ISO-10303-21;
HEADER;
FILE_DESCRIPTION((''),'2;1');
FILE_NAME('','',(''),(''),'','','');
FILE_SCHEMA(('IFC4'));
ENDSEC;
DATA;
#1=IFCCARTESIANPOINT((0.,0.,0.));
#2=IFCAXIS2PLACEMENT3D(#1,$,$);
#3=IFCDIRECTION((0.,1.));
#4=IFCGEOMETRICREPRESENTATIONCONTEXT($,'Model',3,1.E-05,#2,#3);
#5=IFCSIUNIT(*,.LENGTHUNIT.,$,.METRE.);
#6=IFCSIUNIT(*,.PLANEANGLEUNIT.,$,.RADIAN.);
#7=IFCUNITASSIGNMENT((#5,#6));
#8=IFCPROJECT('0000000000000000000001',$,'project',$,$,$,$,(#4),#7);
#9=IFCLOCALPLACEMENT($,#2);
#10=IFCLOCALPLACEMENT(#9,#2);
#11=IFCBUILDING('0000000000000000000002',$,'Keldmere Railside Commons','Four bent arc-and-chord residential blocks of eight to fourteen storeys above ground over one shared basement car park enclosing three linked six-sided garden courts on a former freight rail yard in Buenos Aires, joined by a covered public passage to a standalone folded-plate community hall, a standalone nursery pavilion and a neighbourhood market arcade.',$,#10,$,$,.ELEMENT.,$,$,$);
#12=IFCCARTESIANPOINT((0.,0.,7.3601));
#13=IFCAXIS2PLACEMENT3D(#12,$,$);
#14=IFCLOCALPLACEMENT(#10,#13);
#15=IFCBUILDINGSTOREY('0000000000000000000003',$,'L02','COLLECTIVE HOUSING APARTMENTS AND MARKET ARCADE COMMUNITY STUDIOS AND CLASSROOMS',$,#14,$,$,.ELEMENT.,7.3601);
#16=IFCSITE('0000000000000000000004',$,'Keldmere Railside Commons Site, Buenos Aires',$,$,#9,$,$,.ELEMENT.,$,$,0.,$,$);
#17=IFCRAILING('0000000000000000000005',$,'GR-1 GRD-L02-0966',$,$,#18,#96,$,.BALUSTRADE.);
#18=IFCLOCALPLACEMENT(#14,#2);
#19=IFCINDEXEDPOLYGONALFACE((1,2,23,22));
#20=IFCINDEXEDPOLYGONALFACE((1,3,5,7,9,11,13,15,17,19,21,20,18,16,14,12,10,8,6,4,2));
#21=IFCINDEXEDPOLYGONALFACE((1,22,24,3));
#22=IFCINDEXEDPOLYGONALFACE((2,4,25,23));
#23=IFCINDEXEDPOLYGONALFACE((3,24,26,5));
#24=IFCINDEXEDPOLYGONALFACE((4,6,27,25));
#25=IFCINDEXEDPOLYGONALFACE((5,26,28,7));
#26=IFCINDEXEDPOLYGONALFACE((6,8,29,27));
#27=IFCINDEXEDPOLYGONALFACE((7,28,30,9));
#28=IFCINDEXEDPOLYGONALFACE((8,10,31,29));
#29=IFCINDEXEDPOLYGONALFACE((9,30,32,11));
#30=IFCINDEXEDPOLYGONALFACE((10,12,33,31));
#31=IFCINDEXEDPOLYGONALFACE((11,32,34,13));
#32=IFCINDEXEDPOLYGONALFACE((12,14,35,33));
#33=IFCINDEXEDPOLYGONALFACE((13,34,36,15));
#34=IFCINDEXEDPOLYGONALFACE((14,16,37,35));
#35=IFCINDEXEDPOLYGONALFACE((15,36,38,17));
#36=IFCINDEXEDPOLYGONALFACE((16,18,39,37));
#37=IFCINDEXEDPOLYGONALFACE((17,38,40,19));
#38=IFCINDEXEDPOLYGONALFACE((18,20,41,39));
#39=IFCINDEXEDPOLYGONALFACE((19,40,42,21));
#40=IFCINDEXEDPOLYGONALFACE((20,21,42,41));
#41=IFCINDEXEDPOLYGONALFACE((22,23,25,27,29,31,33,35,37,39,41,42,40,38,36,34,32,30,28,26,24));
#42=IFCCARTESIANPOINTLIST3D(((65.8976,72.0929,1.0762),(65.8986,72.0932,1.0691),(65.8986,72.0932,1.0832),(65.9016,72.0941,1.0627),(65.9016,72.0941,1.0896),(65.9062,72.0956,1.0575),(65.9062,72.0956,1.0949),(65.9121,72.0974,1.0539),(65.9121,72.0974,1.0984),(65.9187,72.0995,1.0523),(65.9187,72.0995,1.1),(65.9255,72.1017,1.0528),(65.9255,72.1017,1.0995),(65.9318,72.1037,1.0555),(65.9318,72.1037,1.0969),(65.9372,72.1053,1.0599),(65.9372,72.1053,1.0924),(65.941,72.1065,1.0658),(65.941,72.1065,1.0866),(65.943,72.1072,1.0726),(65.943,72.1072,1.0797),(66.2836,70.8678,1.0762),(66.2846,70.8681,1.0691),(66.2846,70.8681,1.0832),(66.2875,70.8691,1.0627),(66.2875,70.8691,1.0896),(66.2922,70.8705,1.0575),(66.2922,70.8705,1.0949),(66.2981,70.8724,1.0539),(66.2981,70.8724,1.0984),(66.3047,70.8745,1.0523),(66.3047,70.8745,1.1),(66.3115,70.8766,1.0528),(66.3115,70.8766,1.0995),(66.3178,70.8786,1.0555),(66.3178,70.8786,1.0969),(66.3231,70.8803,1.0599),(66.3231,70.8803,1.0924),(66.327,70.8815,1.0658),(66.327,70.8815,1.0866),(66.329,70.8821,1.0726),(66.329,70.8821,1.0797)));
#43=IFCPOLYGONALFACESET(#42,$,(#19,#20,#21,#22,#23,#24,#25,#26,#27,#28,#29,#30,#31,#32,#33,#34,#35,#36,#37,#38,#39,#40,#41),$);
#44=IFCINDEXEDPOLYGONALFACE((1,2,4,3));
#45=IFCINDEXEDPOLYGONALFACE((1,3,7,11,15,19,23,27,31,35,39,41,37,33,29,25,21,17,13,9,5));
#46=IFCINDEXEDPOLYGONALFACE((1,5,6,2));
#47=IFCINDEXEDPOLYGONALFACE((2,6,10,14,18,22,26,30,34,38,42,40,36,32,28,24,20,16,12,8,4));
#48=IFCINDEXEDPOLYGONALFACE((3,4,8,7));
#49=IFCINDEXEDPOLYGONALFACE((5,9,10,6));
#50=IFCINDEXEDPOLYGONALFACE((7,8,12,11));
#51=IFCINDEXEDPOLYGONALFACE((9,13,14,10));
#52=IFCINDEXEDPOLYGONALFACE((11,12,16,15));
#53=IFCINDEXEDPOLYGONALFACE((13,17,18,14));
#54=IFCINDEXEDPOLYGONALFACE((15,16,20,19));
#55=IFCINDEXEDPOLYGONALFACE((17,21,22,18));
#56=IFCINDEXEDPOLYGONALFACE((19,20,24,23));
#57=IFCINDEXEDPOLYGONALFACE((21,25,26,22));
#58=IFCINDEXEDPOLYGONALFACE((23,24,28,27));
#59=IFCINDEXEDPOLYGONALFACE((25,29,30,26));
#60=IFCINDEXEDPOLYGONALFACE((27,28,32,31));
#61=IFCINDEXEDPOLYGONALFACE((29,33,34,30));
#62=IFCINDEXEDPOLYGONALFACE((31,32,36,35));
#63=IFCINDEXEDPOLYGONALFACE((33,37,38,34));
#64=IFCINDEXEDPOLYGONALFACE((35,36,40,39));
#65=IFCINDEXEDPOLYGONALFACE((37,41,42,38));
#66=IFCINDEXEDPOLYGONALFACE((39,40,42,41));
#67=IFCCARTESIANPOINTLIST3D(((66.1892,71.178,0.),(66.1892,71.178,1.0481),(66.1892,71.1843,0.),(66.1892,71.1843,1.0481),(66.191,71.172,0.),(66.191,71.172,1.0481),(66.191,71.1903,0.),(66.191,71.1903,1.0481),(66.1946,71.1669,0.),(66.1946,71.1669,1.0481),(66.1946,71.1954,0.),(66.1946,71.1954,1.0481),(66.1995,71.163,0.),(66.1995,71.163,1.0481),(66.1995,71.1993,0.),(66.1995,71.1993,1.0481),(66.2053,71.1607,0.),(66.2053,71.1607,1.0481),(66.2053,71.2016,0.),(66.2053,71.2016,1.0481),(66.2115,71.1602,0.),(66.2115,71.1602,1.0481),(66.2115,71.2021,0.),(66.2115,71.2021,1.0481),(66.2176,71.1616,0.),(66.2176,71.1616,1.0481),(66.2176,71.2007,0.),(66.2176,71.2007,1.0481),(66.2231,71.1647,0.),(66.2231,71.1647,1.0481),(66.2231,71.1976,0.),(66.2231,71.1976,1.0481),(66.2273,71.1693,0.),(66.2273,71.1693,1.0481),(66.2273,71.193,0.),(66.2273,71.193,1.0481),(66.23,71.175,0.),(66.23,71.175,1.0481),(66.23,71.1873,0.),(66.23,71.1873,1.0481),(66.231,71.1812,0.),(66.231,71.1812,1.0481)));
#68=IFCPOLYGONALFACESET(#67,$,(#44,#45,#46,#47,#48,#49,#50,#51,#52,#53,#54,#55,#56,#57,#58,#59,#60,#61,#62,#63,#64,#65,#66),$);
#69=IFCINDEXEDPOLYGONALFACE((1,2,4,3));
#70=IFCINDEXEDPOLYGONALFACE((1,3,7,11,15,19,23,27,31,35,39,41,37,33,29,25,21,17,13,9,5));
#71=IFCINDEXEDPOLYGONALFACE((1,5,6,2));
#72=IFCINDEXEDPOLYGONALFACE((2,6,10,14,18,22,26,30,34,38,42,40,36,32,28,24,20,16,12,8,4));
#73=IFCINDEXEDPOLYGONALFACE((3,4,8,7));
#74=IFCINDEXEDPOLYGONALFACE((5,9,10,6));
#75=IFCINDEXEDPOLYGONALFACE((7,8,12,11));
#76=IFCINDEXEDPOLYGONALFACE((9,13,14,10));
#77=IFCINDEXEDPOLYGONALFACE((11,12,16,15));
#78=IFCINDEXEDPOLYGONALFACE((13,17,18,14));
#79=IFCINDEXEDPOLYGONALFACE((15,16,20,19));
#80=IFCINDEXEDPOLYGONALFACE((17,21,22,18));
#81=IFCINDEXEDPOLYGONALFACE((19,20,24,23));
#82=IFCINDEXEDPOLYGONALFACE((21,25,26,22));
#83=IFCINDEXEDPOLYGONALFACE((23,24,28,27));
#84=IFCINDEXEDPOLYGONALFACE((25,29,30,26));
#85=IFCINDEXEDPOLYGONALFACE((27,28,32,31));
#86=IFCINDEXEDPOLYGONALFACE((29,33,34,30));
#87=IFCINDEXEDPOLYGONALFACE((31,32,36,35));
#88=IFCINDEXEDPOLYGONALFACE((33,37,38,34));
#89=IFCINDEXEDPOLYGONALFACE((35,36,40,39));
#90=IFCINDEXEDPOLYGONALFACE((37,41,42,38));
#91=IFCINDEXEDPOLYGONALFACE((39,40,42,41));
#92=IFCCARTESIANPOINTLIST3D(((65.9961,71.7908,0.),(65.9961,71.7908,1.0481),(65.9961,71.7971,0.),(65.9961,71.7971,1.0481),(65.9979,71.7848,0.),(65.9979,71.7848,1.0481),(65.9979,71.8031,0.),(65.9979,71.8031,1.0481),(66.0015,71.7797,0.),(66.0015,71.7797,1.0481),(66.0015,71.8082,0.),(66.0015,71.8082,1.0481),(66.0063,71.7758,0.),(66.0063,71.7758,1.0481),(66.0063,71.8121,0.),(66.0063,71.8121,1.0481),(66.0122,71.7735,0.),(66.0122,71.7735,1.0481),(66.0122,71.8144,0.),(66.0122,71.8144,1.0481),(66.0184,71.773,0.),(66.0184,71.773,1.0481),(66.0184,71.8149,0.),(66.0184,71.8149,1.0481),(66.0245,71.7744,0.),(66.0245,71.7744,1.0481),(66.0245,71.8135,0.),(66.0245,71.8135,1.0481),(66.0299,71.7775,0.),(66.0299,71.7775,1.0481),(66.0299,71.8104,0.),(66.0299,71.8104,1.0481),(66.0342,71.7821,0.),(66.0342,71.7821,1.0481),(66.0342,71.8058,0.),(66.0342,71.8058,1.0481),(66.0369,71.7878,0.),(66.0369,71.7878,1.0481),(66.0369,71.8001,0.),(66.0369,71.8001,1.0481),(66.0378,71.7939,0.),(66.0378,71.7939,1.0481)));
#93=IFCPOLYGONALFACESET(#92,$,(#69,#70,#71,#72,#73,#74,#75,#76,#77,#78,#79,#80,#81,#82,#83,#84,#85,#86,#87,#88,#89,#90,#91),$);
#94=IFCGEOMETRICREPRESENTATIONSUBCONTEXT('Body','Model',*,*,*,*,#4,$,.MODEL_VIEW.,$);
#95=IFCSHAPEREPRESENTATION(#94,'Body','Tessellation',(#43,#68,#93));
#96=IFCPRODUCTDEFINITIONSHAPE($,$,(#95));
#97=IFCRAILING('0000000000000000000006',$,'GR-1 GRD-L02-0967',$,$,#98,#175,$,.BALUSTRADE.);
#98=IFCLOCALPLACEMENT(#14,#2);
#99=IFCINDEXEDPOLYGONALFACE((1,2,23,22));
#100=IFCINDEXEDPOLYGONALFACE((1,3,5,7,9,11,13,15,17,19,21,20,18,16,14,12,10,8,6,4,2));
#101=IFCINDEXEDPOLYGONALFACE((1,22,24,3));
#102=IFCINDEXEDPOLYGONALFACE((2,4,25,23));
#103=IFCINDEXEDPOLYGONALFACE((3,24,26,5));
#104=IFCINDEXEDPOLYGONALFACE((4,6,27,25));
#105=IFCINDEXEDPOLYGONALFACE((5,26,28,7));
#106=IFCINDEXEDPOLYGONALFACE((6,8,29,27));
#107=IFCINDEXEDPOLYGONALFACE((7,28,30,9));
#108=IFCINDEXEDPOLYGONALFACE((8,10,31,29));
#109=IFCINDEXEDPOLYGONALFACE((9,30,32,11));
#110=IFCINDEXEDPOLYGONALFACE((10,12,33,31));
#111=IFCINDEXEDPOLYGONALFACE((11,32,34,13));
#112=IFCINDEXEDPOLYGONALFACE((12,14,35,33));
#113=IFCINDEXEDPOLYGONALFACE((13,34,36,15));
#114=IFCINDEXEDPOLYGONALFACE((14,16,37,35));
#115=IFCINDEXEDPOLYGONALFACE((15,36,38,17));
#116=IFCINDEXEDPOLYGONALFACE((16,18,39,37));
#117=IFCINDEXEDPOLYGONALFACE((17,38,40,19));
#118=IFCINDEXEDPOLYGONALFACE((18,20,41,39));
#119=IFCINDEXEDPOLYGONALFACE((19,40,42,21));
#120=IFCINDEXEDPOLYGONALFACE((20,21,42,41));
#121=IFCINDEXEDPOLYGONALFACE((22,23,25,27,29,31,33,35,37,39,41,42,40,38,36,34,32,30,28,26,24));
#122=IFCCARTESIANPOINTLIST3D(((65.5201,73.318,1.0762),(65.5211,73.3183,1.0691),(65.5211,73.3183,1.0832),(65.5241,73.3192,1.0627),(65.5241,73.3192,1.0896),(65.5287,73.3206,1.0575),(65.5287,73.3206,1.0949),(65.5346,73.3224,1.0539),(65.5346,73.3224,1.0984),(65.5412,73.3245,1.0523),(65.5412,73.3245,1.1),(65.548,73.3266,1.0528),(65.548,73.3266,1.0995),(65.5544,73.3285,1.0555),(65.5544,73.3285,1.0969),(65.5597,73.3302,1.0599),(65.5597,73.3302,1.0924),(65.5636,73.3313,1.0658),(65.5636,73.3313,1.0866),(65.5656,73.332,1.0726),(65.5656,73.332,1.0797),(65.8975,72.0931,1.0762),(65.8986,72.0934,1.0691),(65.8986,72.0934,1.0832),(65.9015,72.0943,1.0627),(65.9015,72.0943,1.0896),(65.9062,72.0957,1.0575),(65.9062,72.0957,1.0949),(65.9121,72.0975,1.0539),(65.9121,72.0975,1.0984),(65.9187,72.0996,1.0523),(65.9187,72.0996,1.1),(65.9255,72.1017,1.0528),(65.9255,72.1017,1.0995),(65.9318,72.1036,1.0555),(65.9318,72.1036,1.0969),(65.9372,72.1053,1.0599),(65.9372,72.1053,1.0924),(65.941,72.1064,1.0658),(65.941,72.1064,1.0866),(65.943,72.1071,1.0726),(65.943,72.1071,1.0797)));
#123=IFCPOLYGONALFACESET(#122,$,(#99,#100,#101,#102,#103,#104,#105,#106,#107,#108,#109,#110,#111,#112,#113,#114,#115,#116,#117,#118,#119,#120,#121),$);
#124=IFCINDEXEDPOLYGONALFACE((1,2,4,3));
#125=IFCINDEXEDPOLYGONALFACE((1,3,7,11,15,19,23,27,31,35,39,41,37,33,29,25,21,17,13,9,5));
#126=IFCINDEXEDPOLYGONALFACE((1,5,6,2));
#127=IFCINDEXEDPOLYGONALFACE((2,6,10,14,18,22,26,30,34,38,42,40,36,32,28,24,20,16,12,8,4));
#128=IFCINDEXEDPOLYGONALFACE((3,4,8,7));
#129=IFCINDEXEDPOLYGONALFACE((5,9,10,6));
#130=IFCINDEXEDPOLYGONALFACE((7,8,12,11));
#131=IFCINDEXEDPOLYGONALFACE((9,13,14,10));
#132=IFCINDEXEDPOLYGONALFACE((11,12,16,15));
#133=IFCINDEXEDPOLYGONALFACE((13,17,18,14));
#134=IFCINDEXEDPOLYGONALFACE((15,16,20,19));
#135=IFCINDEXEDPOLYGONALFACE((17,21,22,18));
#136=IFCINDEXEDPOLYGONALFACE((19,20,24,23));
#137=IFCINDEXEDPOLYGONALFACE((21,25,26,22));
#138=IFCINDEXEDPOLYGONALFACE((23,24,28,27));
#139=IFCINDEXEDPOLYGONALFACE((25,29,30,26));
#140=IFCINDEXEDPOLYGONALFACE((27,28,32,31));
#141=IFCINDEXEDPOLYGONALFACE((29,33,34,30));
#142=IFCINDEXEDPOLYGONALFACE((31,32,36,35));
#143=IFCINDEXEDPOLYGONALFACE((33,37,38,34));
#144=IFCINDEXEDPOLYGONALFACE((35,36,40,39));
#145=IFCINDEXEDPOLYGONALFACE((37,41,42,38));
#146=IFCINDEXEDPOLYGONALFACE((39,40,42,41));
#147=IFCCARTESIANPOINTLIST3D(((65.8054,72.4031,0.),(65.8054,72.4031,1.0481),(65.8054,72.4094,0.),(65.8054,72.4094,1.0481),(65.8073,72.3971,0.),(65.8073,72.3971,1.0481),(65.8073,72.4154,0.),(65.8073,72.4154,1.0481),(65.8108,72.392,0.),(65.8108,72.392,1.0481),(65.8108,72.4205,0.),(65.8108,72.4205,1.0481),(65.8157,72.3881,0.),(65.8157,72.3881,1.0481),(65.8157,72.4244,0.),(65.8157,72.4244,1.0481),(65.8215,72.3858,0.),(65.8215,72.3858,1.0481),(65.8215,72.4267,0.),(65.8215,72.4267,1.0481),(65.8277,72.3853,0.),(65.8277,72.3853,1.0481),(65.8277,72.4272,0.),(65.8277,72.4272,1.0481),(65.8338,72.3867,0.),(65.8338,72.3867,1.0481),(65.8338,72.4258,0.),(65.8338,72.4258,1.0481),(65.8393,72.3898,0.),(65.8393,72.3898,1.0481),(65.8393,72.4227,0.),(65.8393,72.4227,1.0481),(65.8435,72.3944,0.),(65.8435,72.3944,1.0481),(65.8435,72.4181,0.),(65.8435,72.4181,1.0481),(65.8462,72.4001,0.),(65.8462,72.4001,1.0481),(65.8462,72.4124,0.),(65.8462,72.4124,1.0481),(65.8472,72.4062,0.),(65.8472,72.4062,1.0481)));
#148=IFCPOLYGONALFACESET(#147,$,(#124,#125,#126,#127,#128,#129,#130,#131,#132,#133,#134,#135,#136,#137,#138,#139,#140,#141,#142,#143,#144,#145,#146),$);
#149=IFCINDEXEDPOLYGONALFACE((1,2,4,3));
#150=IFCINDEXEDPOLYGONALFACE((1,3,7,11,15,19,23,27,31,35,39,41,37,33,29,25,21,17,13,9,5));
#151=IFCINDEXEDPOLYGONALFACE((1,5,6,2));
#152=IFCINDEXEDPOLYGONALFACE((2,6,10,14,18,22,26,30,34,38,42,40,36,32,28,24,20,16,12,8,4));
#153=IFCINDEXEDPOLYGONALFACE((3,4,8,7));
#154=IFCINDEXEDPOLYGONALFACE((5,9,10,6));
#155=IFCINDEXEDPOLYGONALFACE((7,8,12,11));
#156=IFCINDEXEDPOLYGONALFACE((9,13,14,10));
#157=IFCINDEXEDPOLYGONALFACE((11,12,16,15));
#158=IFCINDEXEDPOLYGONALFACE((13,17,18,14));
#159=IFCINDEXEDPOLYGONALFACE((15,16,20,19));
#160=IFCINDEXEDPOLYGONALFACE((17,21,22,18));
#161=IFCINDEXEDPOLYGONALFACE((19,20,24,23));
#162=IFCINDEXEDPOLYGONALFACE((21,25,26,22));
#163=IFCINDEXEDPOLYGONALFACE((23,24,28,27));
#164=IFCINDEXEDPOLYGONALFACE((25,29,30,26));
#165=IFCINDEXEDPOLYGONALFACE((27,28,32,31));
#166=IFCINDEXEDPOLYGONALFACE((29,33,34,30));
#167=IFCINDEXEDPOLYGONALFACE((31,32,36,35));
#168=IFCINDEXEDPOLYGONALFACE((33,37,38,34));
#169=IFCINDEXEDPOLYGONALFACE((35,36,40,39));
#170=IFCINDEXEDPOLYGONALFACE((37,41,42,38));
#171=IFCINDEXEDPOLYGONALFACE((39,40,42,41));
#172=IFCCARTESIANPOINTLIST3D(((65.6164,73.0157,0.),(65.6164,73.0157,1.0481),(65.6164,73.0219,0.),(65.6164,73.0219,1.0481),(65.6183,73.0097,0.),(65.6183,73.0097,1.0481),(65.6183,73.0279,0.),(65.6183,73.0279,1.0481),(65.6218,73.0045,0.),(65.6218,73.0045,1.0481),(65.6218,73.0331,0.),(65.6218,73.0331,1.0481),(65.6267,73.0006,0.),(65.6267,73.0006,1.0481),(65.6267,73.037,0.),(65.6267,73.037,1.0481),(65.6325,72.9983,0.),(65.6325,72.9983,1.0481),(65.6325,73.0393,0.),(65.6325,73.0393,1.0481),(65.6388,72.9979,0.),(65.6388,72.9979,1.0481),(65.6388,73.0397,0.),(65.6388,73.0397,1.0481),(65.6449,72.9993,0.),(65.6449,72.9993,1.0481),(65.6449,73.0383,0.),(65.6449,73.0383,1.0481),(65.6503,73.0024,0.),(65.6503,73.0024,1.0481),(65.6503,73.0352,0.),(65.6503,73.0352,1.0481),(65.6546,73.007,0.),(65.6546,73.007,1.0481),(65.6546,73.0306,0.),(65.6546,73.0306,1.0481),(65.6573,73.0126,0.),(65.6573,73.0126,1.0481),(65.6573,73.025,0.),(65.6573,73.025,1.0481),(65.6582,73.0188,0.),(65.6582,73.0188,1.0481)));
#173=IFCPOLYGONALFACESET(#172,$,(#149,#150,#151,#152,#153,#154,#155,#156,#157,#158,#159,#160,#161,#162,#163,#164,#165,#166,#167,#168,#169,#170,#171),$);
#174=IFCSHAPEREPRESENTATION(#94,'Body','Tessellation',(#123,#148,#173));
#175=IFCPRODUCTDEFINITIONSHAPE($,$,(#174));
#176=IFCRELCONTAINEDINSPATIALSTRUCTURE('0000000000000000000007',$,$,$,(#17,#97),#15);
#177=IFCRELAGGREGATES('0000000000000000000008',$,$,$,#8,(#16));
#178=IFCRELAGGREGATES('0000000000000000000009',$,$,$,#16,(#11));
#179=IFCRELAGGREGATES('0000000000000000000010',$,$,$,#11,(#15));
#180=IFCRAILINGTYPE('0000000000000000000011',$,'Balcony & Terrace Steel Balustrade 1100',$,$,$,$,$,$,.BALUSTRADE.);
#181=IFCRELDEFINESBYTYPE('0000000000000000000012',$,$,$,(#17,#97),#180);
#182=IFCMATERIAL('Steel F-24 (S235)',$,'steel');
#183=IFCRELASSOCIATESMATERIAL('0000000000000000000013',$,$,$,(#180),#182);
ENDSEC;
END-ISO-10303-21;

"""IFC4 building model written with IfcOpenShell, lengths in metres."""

from ifc_helpers import new_model, si_unit, direction, frame, origin, origin_2d, place, context, subcontext, project, spatial, circle, extrude, material, type_object, element, save


model = new_model("IFC4")

# Units and contexts
model_context = context("Model", 3, precision=1e-05, world=origin(), true_north=direction((0.0, 1.0)))
body_context = subcontext(model_context, "Body", "Model", "MODEL_VIEW")
ifc_project = project(units=[si_unit("LENGTHUNIT", "METRE"), si_unit("PLANEANGLEUNIT", "RADIAN")], contexts=[model_context])

# Site, building, storey
site_placement = place(None, origin())
site = spatial("IfcSite", under=ifc_project, at=site_placement, Name="Keldmere Railside Commons Site, Buenos Aires", CompositionType="ELEMENT", RefElevation=0.0)
building_placement = place(site_placement, origin())
building = spatial("IfcBuilding", under=site, at=building_placement, Name="Keldmere Railside Commons", Description="Four bent arc-and-chord residential blocks of eight to fourteen storeys above ground over one shared basement car park enclosing three linked six-sided garden courts on a former freight rail yard in Buenos Aires, joined by a covered public passage to a standalone folded-plate community hall, a standalone nursery pavilion and a neighbourhood market arcade.", CompositionType="ELEMENT")
storey_placement = place(building_placement, frame((0.0, 0.0, 7.3601)))
storey = spatial("IfcBuildingStorey", under=building, at=storey_placement, Name="L02", Description="COLLECTIVE HOUSING APARTMENTS AND MARKET ARCADE COMMUNITY STUDIOS AND CLASSROOMS", CompositionType="ELEMENT", Elevation=7.3601)

# Railings
ifc_material_1 = material(Name="Steel F-24 (S235)", Category="steel")
railing_type = type_object("IfcRailingType", Name="Balcony & Terrace Steel Balustrade 1100", PredefinedType="BALUSTRADE", material=ifc_material_1)
railing_1_placement = place(storey_placement, frame((66.3064, 70.875, 0.0)))
element("IfcRailing", 1, at=railing_1_placement, inside=storey, type_object=railing_type, Name="GR-1 GRD-L02-0966", PredefinedType="BALUSTRADE", context=body_context, shape_type="SweptSolid", body=[
    extrude(circle(Radius=0.0239, at=origin_2d()), frame((0.0, 0.0, 1.0762), z_axis=(-0.300504, 0.953781, 0.0), x_axis=(-0.953781, -0.300504, 0.0)), (0.0, 0.0, 1.0), 1.2844),
    extrude(circle(Radius=0.021, at=origin_2d()), frame((-0.0964, 0.3062, 0.0)), (0.0, 0.0, 1.0), 1.0481),
    extrude(circle(Radius=0.021, at=origin_2d()), frame((-0.2896, 0.9189, 0.0)), (0.0, 0.0, 1.0), 1.0481),
])
railing_2_placement = place(storey_placement, frame((65.9204, 72.1001, 0.0)))
element("IfcRailing", 2, at=railing_2_placement, inside=storey, type_object=railing_type, Name="GR-1 GRD-L02-0967", PredefinedType="BALUSTRADE", context=body_context, shape_type="SweptSolid", body=[
    extrude(circle(Radius=0.0239, at=origin_2d()), frame((0.0, 0.0, 1.0762), z_axis=(-0.294487, 0.955655, 0.0), x_axis=(-0.955655, -0.294487, 0.0)), (0.0, 0.0, 1.0), 1.2817),
    extrude(circle(Radius=0.021, at=origin_2d()), frame((-0.0942, 0.3062, 0.0)), (0.0, 0.0, 1.0), 1.0481),
    extrude(circle(Radius=0.021, at=origin_2d()), frame((-0.2832, 0.9187, 0.0)), (0.0, 0.0, 1.0), 1.0481),
])

save(model, "model.ifc")
